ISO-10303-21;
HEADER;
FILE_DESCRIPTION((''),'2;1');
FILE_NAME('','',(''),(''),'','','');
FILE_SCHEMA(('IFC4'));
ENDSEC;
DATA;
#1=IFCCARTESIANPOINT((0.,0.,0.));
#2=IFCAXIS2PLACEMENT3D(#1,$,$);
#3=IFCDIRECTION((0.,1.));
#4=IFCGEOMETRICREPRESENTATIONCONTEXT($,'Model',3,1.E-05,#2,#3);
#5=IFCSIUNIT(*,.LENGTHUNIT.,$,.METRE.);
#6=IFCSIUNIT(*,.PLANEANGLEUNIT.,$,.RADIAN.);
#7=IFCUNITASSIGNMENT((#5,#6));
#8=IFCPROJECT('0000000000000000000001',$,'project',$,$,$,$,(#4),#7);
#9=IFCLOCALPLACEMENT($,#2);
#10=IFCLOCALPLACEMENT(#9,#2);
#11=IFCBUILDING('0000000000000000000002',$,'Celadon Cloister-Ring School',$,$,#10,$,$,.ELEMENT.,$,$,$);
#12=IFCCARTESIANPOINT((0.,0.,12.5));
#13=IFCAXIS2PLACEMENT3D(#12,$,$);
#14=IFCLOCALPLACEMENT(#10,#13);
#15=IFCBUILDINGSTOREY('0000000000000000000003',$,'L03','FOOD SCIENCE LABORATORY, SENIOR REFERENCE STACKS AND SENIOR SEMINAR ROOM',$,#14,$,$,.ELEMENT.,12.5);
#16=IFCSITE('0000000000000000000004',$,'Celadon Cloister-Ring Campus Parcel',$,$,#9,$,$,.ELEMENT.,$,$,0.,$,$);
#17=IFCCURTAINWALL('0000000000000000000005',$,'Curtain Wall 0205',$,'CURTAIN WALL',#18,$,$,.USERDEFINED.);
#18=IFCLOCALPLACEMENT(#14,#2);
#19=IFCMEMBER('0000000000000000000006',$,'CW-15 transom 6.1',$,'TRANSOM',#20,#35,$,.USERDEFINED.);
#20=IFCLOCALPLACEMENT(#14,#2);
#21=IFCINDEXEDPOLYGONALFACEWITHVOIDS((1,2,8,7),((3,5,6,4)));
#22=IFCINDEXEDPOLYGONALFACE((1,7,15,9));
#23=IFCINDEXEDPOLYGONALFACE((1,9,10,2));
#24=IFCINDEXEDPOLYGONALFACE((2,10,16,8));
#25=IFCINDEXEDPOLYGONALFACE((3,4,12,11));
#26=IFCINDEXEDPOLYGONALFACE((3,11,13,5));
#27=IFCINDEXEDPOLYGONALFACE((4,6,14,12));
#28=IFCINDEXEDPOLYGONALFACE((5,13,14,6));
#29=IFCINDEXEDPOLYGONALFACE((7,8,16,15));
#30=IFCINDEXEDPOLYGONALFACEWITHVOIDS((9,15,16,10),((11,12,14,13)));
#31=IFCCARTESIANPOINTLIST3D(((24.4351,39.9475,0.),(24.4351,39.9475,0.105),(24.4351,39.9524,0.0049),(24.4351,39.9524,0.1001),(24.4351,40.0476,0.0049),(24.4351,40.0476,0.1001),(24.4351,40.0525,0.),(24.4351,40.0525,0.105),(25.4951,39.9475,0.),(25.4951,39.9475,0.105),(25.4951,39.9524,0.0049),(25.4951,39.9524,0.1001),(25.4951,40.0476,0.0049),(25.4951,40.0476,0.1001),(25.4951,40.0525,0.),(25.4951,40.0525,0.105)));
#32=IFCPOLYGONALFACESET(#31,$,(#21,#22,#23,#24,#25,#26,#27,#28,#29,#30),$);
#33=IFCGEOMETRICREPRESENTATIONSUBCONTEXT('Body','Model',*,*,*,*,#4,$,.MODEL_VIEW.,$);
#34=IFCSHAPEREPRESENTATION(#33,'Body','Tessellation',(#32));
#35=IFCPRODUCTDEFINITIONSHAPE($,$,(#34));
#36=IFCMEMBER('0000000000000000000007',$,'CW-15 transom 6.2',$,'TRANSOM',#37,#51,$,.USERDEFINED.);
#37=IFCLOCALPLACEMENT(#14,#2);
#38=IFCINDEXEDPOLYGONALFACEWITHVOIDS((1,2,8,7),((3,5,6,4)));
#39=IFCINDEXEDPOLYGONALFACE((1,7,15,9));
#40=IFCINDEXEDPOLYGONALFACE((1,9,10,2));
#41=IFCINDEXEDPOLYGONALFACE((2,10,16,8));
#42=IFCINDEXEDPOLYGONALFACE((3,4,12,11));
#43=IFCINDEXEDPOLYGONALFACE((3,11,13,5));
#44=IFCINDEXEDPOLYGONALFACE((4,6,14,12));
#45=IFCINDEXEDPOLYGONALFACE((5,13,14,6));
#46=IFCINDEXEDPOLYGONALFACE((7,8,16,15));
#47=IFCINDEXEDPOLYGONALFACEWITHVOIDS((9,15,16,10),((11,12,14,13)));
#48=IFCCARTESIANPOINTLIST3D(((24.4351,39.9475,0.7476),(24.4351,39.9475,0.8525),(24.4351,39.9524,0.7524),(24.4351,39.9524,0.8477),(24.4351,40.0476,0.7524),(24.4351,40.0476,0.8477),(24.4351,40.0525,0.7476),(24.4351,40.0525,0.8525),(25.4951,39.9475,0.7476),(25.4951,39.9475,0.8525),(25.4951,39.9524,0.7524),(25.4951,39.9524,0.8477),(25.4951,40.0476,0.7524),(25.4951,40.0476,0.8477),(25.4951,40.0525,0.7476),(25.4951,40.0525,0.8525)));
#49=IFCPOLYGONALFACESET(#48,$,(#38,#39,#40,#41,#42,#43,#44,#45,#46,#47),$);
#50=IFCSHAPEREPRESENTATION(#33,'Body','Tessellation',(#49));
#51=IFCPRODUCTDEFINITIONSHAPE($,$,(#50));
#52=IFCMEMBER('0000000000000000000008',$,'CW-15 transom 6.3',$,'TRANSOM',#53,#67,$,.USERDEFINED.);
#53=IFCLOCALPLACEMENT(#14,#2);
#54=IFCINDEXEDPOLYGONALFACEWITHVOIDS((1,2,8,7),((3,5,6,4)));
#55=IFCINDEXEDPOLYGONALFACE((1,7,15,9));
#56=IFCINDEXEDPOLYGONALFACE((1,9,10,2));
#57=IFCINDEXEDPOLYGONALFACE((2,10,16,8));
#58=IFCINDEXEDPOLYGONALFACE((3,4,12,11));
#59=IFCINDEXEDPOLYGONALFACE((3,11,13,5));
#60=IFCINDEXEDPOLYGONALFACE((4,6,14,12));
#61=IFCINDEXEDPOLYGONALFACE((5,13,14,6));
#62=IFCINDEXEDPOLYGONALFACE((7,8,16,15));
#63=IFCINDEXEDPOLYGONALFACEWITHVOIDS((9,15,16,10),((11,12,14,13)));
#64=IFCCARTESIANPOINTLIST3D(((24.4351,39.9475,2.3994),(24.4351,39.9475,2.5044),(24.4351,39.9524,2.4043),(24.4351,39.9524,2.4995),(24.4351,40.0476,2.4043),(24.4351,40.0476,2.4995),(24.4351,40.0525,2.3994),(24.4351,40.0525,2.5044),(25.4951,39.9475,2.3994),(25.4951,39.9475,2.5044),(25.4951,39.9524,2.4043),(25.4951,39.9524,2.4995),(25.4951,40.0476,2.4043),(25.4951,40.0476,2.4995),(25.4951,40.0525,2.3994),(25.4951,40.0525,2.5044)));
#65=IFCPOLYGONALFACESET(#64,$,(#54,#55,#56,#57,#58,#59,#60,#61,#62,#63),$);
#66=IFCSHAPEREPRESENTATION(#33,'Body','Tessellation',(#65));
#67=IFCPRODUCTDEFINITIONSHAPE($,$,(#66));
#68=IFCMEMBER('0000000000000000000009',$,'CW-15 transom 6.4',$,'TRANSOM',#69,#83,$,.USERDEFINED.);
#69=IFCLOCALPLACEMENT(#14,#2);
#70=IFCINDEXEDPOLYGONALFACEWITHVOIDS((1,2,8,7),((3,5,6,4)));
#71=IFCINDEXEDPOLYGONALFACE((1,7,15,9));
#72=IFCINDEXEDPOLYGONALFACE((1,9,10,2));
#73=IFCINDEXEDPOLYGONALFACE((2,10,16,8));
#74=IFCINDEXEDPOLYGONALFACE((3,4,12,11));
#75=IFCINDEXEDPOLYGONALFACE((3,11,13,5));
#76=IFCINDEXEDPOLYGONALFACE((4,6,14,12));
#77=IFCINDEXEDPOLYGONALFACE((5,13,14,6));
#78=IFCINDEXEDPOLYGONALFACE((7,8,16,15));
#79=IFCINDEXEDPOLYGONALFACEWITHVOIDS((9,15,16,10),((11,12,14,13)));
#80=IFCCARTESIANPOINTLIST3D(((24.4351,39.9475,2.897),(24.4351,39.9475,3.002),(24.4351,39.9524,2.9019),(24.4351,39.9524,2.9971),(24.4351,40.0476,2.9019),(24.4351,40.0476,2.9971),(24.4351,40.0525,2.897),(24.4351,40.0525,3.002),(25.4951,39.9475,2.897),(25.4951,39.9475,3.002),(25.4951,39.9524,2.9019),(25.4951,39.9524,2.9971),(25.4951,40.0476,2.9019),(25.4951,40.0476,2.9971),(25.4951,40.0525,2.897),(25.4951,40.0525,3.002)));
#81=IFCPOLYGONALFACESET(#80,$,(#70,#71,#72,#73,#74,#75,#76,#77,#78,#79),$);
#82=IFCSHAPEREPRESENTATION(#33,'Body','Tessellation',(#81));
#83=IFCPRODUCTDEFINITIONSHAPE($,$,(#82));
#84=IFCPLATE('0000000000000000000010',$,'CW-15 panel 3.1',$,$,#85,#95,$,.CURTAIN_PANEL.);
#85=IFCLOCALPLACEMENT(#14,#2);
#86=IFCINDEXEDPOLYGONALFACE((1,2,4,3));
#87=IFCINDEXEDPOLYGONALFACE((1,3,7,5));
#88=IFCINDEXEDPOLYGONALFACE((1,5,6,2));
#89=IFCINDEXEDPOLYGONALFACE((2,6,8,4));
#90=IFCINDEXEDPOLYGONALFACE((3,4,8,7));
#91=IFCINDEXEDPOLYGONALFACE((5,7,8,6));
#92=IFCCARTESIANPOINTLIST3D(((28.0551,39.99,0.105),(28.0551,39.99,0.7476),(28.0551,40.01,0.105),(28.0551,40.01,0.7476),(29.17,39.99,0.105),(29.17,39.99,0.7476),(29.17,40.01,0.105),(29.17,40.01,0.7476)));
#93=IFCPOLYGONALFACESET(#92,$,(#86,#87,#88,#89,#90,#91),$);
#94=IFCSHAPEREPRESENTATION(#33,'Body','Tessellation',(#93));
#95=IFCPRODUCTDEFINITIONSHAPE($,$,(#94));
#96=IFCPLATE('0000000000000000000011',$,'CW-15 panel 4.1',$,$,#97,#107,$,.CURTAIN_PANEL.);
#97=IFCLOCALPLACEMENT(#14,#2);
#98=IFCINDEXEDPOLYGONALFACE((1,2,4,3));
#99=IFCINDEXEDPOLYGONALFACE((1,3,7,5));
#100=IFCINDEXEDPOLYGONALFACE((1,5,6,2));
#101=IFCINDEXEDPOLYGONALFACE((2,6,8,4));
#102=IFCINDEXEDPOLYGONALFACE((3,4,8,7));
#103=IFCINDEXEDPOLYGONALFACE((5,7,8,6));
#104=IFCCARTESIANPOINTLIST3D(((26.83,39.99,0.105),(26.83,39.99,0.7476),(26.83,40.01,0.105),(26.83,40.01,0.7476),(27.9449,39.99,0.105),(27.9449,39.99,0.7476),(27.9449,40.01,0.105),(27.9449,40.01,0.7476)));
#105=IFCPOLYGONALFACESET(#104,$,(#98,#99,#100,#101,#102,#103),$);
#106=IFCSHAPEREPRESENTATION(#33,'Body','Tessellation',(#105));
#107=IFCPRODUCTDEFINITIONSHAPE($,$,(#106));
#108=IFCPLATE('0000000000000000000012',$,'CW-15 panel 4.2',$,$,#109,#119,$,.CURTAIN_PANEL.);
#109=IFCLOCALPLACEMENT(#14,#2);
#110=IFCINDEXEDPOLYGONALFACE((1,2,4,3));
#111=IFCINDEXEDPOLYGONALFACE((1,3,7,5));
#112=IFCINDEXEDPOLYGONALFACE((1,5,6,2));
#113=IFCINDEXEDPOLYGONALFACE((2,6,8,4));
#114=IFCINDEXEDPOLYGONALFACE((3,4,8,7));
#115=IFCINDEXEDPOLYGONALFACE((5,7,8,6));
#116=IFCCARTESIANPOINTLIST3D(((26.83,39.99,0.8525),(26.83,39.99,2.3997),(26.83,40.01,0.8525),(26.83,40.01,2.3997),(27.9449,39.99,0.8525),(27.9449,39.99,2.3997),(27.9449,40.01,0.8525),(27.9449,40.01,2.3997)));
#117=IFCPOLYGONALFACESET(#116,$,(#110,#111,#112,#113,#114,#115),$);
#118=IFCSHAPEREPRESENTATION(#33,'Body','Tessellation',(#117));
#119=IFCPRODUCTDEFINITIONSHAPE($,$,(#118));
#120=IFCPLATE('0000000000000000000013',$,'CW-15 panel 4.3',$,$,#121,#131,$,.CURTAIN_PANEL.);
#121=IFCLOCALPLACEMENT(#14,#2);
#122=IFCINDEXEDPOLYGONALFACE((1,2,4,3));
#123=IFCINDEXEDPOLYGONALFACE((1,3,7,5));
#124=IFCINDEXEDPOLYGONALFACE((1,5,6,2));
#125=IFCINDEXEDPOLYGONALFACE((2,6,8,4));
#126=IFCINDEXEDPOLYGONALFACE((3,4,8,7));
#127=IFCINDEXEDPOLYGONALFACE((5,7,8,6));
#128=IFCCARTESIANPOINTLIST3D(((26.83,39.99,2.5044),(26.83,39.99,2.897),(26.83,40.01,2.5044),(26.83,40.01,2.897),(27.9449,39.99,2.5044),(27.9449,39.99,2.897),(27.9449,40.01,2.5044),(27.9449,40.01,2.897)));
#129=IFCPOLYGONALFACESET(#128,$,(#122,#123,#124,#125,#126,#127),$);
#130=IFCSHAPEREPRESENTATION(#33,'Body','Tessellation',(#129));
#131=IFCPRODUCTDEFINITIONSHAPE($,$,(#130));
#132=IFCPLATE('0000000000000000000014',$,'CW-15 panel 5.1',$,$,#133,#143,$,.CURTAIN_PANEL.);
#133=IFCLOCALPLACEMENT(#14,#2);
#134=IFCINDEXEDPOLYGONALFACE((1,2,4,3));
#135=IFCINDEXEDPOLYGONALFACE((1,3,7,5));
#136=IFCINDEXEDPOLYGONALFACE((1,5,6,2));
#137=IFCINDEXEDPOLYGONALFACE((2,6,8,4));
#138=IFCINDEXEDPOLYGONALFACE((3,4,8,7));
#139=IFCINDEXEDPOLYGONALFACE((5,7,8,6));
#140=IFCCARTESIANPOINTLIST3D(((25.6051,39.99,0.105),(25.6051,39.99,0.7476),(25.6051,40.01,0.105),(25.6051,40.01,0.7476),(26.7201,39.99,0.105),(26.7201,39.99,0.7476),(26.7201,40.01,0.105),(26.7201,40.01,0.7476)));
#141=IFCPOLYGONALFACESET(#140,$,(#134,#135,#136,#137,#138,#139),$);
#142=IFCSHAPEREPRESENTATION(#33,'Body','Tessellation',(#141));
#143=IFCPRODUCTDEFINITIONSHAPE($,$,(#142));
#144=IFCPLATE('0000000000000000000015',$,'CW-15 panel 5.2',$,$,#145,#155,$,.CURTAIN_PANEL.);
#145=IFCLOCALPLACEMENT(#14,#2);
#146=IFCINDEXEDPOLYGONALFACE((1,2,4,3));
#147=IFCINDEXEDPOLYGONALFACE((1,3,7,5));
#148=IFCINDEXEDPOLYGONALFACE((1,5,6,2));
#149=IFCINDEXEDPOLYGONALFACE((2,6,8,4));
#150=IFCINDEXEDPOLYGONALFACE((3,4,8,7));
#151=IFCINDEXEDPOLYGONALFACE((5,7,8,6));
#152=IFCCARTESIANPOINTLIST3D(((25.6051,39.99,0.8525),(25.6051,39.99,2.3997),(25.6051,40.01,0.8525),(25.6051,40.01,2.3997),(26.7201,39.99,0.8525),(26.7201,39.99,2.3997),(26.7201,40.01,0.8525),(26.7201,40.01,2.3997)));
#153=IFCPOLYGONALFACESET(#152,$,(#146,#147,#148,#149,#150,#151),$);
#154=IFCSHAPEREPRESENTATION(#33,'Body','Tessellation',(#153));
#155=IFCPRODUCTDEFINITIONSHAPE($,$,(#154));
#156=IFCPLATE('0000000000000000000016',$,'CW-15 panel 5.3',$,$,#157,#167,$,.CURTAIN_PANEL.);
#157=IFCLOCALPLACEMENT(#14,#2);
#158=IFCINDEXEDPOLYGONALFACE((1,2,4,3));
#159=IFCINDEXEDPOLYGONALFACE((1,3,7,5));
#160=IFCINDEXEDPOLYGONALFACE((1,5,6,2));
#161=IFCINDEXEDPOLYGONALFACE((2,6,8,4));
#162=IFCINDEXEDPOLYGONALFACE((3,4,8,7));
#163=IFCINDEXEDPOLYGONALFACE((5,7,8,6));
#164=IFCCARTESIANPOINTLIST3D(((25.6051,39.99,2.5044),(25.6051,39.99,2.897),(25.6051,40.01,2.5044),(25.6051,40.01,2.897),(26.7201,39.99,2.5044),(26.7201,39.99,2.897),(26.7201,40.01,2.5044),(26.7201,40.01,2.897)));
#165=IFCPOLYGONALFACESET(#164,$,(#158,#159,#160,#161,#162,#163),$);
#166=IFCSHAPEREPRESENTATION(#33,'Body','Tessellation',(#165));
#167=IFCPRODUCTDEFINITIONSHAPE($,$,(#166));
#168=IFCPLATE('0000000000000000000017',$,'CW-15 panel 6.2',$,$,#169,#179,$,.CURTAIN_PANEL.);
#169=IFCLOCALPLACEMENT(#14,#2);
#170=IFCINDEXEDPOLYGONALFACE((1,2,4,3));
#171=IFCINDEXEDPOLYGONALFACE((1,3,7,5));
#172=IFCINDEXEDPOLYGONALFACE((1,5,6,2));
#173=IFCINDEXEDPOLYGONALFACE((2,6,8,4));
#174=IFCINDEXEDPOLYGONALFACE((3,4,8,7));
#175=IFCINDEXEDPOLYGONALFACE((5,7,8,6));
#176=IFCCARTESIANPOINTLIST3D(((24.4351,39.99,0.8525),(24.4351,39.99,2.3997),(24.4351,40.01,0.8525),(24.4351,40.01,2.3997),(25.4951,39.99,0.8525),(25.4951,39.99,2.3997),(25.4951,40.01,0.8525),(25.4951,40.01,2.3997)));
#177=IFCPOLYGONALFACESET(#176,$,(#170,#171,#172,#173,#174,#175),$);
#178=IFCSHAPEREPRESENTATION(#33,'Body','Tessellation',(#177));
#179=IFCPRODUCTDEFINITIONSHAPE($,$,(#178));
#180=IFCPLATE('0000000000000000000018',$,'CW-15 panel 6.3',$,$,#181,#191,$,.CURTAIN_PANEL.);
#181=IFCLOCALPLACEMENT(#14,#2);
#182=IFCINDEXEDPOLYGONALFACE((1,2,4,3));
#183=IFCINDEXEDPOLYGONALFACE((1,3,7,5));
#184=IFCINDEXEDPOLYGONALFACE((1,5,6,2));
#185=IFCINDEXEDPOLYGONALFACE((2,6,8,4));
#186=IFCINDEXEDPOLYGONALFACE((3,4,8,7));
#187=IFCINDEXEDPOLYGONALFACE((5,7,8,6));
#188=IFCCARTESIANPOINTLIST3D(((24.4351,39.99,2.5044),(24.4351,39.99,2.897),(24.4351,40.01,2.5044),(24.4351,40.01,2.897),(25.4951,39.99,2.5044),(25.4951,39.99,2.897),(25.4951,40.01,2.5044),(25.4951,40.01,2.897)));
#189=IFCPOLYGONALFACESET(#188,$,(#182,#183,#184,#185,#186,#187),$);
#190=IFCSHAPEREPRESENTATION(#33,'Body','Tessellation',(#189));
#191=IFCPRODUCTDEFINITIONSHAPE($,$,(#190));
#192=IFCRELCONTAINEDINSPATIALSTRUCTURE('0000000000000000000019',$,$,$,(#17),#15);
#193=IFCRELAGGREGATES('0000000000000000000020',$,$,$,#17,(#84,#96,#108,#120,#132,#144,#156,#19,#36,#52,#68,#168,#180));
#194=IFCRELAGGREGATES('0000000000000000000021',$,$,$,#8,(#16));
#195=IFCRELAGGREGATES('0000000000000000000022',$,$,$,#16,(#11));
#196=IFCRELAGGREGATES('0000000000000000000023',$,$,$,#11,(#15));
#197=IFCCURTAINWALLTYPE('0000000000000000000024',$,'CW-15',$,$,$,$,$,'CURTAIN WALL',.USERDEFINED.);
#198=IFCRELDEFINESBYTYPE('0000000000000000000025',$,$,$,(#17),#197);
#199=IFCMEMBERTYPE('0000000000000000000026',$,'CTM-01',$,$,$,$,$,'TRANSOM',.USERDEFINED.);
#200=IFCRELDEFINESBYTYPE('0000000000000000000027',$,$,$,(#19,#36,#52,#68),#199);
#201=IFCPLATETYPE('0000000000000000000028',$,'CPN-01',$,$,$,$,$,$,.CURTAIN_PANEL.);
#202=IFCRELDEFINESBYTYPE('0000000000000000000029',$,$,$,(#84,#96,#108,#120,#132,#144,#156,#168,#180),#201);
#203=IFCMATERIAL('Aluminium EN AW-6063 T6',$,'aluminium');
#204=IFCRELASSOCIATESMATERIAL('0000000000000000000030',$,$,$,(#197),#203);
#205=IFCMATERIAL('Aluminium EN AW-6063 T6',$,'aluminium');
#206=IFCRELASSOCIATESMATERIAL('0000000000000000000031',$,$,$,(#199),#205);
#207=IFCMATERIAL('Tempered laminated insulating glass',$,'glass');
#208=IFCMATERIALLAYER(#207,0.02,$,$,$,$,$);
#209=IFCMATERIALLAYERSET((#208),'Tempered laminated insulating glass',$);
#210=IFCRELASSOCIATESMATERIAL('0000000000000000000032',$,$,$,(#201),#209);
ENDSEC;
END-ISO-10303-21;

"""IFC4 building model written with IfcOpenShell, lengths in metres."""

from ifc_helpers import new_model, si_unit, direction, frame, origin, origin_2d, place, context, subcontext, project, spatial, rectangle, hollow_rectangle, extrude, material, layer, layer_set, material_profile, profile_set, type_object, element, aggregate, save


model = new_model("IFC4")

# Units and contexts
model_context = context("Model", 3, precision=1e-05, world=origin(), true_north=direction((0.0, 1.0)))
body_context = subcontext(model_context, "Body", "Model", "MODEL_VIEW")
ifc_project = project(units=[si_unit("LENGTHUNIT", "METRE"), si_unit("PLANEANGLEUNIT", "RADIAN")], contexts=[model_context])

# Site, building, storey
site_placement = place(None, origin())
site = spatial("IfcSite", under=ifc_project, at=site_placement, Name="Celadon Cloister-Ring Campus Parcel", CompositionType="ELEMENT", RefElevation=0.0)
building_placement = place(site_placement, origin())
building = spatial("IfcBuilding", under=site, at=building_placement, Name="Celadon Cloister-Ring School", CompositionType="ELEMENT")
storey_placement = place(building_placement, frame((0.0, 0.0, 12.5)))
storey = spatial("IfcBuildingStorey", under=building, at=storey_placement, Name="L03", Description="FOOD SCIENCE LABORATORY, SENIOR REFERENCE STACKS AND SENIOR SEMINAR ROOM", CompositionType="ELEMENT", Elevation=12.5)

# Curtain wall, members, plates
ifc_material_1 = material(Name="Aluminium EN AW-6063 T6", Category="aluminium")
curtain_wall_type = type_object("IfcCurtainWallType", Name="CW-15", ElementType="CURTAIN WALL", PredefinedType="USERDEFINED", material=ifc_material_1)
curtain_wall_placement = place(storey_placement, origin())
curtain_wall = element("IfcCurtainWall", 1, at=curtain_wall_placement, inside=storey, type_object=curtain_wall_type, Name="Curtain Wall 0205", ObjectType="CURTAIN WALL", PredefinedType="USERDEFINED")
ifc_material_2 = material(Name="Aluminium EN AW-6063 T6", Category="aluminium")
ifc_material_profile_1 = material_profile(ifc_material_2, hollow_rectangle(XDim=0.105, YDim=0.105, WallThickness=0.0049, at=origin_2d()), Name="RHS105X105X5")
ifc_profile_set_1 = profile_set([ifc_material_profile_1], Name="Aluminium EN AW-6063 T6")
member_type_1 = type_object("IfcMemberType", Name="CTM-01", ElementType="TRANSOM", PredefinedType="USERDEFINED", material=ifc_profile_set_1)
member_1_placement = place(storey_placement, frame((25.4951, 40.0, 0.0525), z_axis=(-1.0, 0.0, 0.0), x_axis=(0.0, -1.0, 0.0)))
member_1 = element("IfcMember", 2, at=member_1_placement, type_object=member_type_1, Name="CW-15 transom 6.1", ObjectType="TRANSOM", PredefinedType="USERDEFINED", context=body_context, shape_type="SweptSolid", body=[
    extrude(hollow_rectangle(XDim=0.105, YDim=0.105, WallThickness=0.0049, at=origin_2d()), origin(), (0.0, 0.0, 1.0), 1.0601),
])
member_2_placement = place(storey_placement, frame((25.4951, 40.0, 0.8), z_axis=(-1.0, 0.0, 0.0), x_axis=(0.0, -1.0, 0.0)))
member_2 = element("IfcMember", 3, at=member_2_placement, type_object=member_type_1, Name="CW-15 transom 6.2", ObjectType="TRANSOM", PredefinedType="USERDEFINED", context=body_context, shape_type="SweptSolid", body=[
    extrude(hollow_rectangle(XDim=0.105, YDim=0.105, WallThickness=0.0049, at=origin_2d()), origin(), (0.0, 0.0, 1.0), 1.0601),
])
member_3_placement = place(storey_placement, frame((25.4951, 40.0, 2.4519), z_axis=(-1.0, 0.0, 0.0), x_axis=(0.0, -1.0, 0.0)))
member_3 = element("IfcMember", 4, at=member_3_placement, type_object=member_type_1, Name="CW-15 transom 6.3", ObjectType="TRANSOM", PredefinedType="USERDEFINED", context=body_context, shape_type="SweptSolid", body=[
    extrude(hollow_rectangle(XDim=0.105, YDim=0.105, WallThickness=0.0049, at=origin_2d()), origin(), (0.0, 0.0, 1.0), 1.0601),
])
member_4_placement = place(storey_placement, frame((25.4951, 40.0, 2.9495), z_axis=(-1.0, 0.0, 0.0), x_axis=(0.0, -1.0, 0.0)))
member_4 = element("IfcMember", 5, at=member_4_placement, type_object=member_type_1, Name="CW-15 transom 6.4", ObjectType="TRANSOM", PredefinedType="USERDEFINED", context=body_context, shape_type="SweptSolid", body=[
    extrude(hollow_rectangle(XDim=0.105, YDim=0.105, WallThickness=0.0049, at=origin_2d()), origin(), (0.0, 0.0, 1.0), 1.0601),
])
ifc_material_3 = material(Name="Tempered laminated insulating glass", Category="glass")
ifc_layer = layer(ifc_material_3, 0.02)
ifc_layer_set = layer_set([ifc_layer], Name="Tempered laminated insulating glass")
plate_type = type_object("IfcPlateType", Name="CPN-01", PredefinedType="CURTAIN_PANEL", material=ifc_layer_set)
plate_1_placement = place(storey_placement, frame((28.6125, 40.0, 0.105), z_axis=(0.0, 0.0, 1.0), x_axis=(-1.0, 0.0, 0.0)))
plate_1 = element("IfcPlate", 6, at=plate_1_placement, type_object=plate_type, Name="CW-15 panel 3.1", PredefinedType="CURTAIN_PANEL", context=body_context, shape_type="SweptSolid", body=[
    extrude(rectangle(XDim=1.115, YDim=0.02, at=origin_2d()), origin(), (0.0, 0.0, 1.0), 0.6426),
])
plate_2_placement = place(storey_placement, frame((27.3875, 40.0, 0.105), z_axis=(0.0, 0.0, 1.0), x_axis=(-1.0, 0.0, 0.0)))
plate_2 = element("IfcPlate", 7, at=plate_2_placement, type_object=plate_type, Name="CW-15 panel 4.1", PredefinedType="CURTAIN_PANEL", context=body_context, shape_type="SweptSolid", body=[
    extrude(rectangle(XDim=1.115, YDim=0.02, at=origin_2d()), origin(), (0.0, 0.0, 1.0), 0.6426),
])
plate_3_placement = place(storey_placement, frame((27.3875, 40.0, 0.8525), z_axis=(0.0, 0.0, 1.0), x_axis=(-1.0, 0.0, 0.0)))
plate_3 = element("IfcPlate", 8, at=plate_3_placement, type_object=plate_type, Name="CW-15 panel 4.2", PredefinedType="CURTAIN_PANEL", context=body_context, shape_type="SweptSolid", body=[
    extrude(rectangle(XDim=1.115, YDim=0.02, at=origin_2d()), origin(), (0.0, 0.0, 1.0), 1.5471),
])
plate_4_placement = place(storey_placement, frame((27.3875, 40.0, 2.5044), z_axis=(0.0, 0.0, 1.0), x_axis=(-1.0, 0.0, 0.0)))
plate_4 = element("IfcPlate", 9, at=plate_4_placement, type_object=plate_type, Name="CW-15 panel 4.3", PredefinedType="CURTAIN_PANEL", context=body_context, shape_type="SweptSolid", body=[
    extrude(rectangle(XDim=1.115, YDim=0.02, at=origin_2d()), origin(), (0.0, 0.0, 1.0), 0.3926),
])
plate_5_placement = place(storey_placement, frame((26.1626, 40.0, 0.105), z_axis=(0.0, 0.0, 1.0), x_axis=(-1.0, 0.0, 0.0)))
plate_5 = element("IfcPlate", 10, at=plate_5_placement, type_object=plate_type, Name="CW-15 panel 5.1", PredefinedType="CURTAIN_PANEL", context=body_context, shape_type="SweptSolid", body=[
    extrude(rectangle(XDim=1.115, YDim=0.02, at=origin_2d()), origin(), (0.0, 0.0, 1.0), 0.6426),
])
plate_6_placement = place(storey_placement, frame((26.1626, 40.0, 0.8525), z_axis=(0.0, 0.0, 1.0), x_axis=(-1.0, 0.0, 0.0)))
plate_6 = element("IfcPlate", 11, at=plate_6_placement, type_object=plate_type, Name="CW-15 panel 5.2", PredefinedType="CURTAIN_PANEL", context=body_context, shape_type="SweptSolid", body=[
    extrude(rectangle(XDim=1.115, YDim=0.02, at=origin_2d()), origin(), (0.0, 0.0, 1.0), 1.5471),
])
plate_7_placement = place(storey_placement, frame((26.1626, 40.0, 2.5044), z_axis=(0.0, 0.0, 1.0), x_axis=(-1.0, 0.0, 0.0)))
plate_7 = element("IfcPlate", 12, at=plate_7_placement, type_object=plate_type, Name="CW-15 panel 5.3", PredefinedType="CURTAIN_PANEL", context=body_context, shape_type="SweptSolid", body=[
    extrude(rectangle(XDim=1.115, YDim=0.02, at=origin_2d()), origin(), (0.0, 0.0, 1.0), 0.3926),
])
plate_8_placement = place(storey_placement, frame((24.9651, 40.0, 0.8525), z_axis=(0.0, 0.0, 1.0), x_axis=(-1.0, 0.0, 0.0)))
plate_8 = element("IfcPlate", 13, at=plate_8_placement, type_object=plate_type, Name="CW-15 panel 6.2", PredefinedType="CURTAIN_PANEL", context=body_context, shape_type="SweptSolid", body=[
    extrude(rectangle(XDim=1.0601, YDim=0.02, at=origin_2d()), origin(), (0.0, 0.0, 1.0), 1.5471),
])
plate_9_placement = place(storey_placement, frame((24.9651, 40.0, 2.5044), z_axis=(0.0, 0.0, 1.0), x_axis=(-1.0, 0.0, 0.0)))
plate_9 = element("IfcPlate", 14, at=plate_9_placement, type_object=plate_type, Name="CW-15 panel 6.3", PredefinedType="CURTAIN_PANEL", context=body_context, shape_type="SweptSolid", body=[
    extrude(rectangle(XDim=1.0601, YDim=0.02, at=origin_2d()), origin(), (0.0, 0.0, 1.0), 0.3926),
])
aggregate(curtain_wall, [plate_1, plate_2, plate_3, plate_4, plate_5, plate_6, plate_7, member_1, member_2, member_3, member_4, plate_8, plate_9])

save(model, "model.ifc")
